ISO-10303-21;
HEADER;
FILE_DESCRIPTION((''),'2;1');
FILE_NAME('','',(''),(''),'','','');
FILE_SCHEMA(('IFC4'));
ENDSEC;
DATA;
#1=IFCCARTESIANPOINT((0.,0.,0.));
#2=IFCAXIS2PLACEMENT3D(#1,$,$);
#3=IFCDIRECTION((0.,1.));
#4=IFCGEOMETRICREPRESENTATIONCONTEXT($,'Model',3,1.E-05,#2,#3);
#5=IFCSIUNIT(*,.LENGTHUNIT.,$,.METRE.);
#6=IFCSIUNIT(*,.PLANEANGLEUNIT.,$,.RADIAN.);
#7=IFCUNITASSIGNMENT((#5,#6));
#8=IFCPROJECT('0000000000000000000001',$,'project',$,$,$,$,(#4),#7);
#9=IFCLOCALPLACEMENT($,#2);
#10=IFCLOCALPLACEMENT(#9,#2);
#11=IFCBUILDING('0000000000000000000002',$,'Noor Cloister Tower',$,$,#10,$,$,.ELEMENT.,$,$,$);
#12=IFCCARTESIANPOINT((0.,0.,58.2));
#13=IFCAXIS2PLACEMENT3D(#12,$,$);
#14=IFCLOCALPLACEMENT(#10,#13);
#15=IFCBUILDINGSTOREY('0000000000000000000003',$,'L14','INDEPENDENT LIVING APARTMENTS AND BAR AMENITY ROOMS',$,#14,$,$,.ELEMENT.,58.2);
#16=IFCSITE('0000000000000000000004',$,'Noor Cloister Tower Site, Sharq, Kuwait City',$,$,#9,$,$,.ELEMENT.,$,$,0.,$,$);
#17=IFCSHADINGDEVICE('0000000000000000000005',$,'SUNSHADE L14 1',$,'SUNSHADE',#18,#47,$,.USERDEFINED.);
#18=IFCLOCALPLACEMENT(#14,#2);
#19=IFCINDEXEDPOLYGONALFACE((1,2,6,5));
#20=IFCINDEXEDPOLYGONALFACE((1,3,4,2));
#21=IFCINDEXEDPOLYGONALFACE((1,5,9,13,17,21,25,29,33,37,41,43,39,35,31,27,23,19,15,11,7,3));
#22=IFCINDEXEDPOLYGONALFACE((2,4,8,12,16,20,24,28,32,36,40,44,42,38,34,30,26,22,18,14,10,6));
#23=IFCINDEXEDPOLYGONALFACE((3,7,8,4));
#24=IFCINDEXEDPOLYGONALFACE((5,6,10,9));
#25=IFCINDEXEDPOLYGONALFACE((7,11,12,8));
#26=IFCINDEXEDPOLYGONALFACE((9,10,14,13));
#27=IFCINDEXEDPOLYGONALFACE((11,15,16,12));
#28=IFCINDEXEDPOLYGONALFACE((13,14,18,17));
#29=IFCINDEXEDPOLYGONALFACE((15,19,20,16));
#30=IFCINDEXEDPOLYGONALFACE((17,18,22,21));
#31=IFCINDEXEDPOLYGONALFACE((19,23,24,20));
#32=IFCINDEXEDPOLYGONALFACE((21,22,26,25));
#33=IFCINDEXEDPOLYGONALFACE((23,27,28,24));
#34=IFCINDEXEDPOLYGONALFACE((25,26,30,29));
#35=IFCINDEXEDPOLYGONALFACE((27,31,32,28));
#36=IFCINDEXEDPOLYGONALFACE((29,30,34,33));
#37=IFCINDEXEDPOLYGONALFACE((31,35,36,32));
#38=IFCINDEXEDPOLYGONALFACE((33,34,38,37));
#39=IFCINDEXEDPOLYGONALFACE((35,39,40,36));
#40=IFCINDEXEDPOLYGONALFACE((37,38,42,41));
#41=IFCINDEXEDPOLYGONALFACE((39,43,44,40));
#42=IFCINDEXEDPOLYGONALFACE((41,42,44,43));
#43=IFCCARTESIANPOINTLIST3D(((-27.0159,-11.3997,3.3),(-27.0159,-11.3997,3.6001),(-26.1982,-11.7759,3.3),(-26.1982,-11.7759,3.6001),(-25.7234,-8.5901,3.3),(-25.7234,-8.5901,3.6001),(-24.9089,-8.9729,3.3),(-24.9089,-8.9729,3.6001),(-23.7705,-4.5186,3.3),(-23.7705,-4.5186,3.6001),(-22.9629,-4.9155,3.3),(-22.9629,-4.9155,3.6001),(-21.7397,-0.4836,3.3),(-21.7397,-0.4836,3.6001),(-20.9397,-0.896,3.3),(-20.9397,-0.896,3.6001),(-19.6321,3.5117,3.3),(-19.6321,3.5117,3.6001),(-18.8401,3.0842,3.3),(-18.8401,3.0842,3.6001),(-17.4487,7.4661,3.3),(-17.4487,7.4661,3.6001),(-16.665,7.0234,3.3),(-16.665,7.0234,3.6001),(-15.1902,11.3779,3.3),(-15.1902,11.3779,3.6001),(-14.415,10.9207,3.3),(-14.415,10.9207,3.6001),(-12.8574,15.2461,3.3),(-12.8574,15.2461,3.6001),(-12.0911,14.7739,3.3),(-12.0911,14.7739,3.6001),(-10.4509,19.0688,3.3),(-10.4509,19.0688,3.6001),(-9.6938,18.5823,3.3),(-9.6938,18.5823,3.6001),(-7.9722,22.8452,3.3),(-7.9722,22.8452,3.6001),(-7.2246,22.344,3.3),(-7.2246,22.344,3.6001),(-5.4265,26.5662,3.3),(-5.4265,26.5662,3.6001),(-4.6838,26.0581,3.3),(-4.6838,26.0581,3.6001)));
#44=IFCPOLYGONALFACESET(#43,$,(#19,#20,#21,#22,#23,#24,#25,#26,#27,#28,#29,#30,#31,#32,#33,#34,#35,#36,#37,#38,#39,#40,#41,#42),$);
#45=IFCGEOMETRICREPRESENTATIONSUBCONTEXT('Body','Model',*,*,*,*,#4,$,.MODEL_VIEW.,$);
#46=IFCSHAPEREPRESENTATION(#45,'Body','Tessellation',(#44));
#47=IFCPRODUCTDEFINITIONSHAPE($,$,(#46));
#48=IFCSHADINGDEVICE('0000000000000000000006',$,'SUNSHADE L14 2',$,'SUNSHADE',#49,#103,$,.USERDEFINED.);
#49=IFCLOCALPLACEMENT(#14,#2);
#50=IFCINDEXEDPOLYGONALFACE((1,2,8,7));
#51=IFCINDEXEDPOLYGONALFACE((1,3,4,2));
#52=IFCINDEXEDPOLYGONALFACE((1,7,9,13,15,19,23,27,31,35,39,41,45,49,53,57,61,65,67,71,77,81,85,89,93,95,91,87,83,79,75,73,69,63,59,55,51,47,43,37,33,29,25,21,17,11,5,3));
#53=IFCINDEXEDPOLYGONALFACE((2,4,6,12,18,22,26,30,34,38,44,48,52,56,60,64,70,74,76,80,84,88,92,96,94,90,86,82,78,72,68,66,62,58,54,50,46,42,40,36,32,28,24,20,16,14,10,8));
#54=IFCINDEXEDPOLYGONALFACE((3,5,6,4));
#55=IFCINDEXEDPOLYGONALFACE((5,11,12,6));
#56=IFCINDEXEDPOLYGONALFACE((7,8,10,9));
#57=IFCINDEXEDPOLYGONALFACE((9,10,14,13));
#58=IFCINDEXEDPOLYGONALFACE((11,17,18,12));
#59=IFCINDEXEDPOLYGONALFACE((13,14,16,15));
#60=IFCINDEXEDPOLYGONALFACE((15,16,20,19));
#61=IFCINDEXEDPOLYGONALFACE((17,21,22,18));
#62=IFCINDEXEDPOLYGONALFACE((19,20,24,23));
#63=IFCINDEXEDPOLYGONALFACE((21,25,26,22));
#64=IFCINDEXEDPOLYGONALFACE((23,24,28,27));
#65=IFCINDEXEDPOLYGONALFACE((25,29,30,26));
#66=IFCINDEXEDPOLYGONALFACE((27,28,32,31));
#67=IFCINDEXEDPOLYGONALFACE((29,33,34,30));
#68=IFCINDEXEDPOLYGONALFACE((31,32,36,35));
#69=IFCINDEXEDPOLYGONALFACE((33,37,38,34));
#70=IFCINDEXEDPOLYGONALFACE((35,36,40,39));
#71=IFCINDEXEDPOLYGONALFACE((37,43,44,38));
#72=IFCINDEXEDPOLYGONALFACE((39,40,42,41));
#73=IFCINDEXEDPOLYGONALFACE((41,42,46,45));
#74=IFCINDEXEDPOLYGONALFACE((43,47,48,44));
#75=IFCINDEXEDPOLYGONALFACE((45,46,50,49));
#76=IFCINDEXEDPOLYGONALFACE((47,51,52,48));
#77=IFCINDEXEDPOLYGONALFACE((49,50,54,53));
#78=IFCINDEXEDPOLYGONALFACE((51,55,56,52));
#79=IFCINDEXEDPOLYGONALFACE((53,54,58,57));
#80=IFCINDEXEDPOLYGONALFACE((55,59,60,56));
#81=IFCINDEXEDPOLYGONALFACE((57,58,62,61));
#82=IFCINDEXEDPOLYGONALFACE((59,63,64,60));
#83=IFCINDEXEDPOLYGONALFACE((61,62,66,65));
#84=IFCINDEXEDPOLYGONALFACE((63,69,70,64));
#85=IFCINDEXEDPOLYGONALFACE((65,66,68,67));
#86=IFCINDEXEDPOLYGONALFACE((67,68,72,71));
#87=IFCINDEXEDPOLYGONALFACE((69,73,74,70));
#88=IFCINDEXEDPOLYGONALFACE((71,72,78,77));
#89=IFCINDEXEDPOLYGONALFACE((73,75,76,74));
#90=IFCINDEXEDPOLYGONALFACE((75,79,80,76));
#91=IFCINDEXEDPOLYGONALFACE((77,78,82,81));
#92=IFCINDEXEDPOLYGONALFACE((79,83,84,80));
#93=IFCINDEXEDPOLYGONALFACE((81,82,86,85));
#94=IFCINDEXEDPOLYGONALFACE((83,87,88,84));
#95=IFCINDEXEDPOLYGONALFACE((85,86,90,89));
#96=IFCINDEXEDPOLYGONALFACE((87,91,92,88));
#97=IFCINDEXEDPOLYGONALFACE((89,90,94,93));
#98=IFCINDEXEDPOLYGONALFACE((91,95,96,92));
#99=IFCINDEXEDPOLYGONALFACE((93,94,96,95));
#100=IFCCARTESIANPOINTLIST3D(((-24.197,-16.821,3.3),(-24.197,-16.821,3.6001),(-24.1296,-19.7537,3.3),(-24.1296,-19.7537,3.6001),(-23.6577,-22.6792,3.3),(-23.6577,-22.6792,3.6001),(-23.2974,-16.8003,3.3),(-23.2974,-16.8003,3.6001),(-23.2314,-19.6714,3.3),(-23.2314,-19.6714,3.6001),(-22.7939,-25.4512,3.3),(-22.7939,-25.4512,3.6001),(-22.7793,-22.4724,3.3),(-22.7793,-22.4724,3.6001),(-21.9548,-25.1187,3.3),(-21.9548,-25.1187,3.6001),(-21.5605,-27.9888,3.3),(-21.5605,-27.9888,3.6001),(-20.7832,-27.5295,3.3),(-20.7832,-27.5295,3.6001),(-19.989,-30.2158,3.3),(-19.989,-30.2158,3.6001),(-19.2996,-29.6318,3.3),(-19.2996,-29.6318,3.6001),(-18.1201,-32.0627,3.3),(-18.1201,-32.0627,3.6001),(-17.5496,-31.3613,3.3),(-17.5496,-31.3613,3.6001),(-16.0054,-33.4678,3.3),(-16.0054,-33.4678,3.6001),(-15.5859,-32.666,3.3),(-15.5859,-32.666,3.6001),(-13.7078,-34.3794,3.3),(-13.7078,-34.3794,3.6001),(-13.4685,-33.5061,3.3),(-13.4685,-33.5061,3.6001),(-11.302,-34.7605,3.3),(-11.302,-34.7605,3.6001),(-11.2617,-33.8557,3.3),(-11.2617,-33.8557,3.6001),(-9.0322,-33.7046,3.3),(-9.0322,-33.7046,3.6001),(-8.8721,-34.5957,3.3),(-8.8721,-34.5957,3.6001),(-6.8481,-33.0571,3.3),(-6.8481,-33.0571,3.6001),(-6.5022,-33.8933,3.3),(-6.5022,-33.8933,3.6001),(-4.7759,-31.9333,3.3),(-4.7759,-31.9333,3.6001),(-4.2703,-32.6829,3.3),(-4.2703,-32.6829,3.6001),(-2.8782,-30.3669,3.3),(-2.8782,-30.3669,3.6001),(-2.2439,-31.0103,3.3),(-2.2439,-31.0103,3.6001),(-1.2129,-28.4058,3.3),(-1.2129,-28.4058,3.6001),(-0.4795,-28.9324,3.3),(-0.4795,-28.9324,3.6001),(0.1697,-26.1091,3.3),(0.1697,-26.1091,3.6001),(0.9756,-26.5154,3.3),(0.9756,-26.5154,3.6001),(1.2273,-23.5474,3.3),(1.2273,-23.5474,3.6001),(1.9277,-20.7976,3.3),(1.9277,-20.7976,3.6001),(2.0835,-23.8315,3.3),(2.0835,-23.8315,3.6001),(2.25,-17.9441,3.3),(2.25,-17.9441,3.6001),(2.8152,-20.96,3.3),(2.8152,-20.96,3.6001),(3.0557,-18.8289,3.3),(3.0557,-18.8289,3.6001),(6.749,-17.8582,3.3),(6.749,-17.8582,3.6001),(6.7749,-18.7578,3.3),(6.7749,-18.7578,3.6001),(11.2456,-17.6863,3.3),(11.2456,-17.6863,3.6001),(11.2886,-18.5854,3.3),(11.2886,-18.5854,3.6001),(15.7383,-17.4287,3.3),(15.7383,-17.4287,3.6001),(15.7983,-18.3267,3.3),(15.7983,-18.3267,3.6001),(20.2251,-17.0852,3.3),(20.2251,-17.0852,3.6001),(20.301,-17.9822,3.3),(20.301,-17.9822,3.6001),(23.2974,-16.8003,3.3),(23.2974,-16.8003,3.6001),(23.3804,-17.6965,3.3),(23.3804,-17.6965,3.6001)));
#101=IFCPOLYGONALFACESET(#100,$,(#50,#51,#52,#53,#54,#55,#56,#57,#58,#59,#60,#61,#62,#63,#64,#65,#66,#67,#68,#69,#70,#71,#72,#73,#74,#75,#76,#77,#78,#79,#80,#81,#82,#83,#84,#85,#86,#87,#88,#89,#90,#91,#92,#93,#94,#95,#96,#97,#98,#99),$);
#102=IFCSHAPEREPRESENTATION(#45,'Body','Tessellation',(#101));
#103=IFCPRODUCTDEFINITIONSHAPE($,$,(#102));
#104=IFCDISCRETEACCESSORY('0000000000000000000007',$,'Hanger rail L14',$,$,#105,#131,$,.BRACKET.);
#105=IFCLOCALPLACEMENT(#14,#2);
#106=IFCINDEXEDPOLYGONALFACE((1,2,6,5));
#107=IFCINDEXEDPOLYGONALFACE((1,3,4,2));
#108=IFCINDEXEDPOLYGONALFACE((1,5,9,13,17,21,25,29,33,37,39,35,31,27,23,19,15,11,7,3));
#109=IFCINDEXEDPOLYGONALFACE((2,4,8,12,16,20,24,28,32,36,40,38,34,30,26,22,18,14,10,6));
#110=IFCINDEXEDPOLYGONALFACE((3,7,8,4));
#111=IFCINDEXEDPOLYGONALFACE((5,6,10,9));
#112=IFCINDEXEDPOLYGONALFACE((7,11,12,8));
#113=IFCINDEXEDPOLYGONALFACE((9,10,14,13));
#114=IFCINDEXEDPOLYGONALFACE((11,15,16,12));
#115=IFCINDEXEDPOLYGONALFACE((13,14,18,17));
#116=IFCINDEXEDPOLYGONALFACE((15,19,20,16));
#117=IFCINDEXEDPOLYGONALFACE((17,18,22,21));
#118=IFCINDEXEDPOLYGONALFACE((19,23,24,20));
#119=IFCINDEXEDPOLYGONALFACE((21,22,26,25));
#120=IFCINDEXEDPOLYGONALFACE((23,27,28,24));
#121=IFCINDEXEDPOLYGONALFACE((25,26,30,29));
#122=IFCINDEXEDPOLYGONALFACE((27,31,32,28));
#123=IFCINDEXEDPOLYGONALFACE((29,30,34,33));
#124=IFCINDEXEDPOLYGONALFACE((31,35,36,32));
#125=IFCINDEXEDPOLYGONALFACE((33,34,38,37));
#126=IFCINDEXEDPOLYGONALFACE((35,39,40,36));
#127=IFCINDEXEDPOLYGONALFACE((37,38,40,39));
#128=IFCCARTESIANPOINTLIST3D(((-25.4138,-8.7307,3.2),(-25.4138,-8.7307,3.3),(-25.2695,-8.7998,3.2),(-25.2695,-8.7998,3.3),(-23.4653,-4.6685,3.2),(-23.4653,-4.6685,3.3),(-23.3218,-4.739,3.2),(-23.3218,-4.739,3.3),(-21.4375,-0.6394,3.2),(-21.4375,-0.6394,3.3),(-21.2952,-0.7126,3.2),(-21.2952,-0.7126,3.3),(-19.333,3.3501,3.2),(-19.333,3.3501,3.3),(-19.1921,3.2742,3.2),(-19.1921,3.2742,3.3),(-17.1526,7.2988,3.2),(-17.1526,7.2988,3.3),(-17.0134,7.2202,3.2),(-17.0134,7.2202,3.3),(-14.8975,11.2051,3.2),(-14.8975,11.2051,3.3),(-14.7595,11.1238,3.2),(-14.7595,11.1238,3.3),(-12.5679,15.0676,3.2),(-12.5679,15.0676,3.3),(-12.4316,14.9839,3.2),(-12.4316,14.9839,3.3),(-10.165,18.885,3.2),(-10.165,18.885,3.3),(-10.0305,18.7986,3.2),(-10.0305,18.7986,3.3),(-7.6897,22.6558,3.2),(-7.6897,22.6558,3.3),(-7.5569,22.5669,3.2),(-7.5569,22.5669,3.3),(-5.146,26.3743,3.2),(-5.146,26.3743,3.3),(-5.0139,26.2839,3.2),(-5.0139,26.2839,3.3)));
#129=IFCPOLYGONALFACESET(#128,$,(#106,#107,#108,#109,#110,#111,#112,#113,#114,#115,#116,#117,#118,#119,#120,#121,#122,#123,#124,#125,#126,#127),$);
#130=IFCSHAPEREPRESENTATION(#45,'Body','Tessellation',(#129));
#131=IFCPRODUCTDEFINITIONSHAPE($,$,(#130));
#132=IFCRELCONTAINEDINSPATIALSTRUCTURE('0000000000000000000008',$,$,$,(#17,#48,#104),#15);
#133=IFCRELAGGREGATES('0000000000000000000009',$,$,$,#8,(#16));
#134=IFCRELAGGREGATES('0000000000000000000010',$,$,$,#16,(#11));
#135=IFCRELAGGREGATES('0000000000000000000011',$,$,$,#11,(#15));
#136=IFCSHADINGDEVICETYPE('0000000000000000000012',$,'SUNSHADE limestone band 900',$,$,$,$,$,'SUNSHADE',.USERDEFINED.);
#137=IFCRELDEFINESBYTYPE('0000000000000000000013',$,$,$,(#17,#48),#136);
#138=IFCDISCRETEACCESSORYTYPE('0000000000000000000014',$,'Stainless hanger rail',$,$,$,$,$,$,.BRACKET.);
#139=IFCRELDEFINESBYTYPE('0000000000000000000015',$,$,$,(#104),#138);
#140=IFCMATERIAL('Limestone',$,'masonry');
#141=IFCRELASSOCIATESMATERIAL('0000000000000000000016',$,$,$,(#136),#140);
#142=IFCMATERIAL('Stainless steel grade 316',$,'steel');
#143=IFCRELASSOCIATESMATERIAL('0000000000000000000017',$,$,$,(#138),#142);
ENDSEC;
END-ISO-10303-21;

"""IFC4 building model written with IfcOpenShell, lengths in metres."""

from ifc_helpers import new_model, si_unit, direction, frame, origin, place, context, subcontext, project, spatial, polyline, outline, extrude, material, type_object, element, save


model = new_model("IFC4")

# Units and contexts
model_context = context("Model", 3, precision=1e-05, world=origin(), true_north=direction((0.0, 1.0)))
body_context = subcontext(model_context, "Body", "Model", "MODEL_VIEW")
ifc_project = project(units=[si_unit("LENGTHUNIT", "METRE"), si_unit("PLANEANGLEUNIT", "RADIAN")], contexts=[model_context])

# Site, building, storey
site_placement = place(None, origin())
site = spatial("IfcSite", under=ifc_project, at=site_placement, Name="Noor Cloister Tower Site, Sharq, Kuwait City", CompositionType="ELEMENT", RefElevation=0.0)
building_placement = place(site_placement, origin())
building = spatial("IfcBuilding", under=site, at=building_placement, Name="Noor Cloister Tower", CompositionType="ELEMENT")
storey_placement = place(building_placement, frame((0.0, 0.0, 58.2)))
storey = spatial("IfcBuildingStorey", under=building, at=storey_placement, Name="L14", Description="INDEPENDENT LIVING APARTMENTS AND BAR AMENITY ROOMS", CompositionType="ELEMENT", Elevation=58.2)

# Shading devices
ifc_material_1 = material(Name="Limestone", Category="masonry")
shading_device_type = type_object("IfcShadingDeviceType", Name="SUNSHADE limestone band 900", ElementType="SUNSHADE", PredefinedType="USERDEFINED", material=ifc_material_1)
shading_device_1_placement = place(storey_placement, frame((0.0, 0.0, 3.3)))
element("IfcShadingDevice", 1, at=shading_device_1_placement, inside=storey, type_object=shading_device_type, Name="SUNSHADE L14 1", ObjectType="SUNSHADE", PredefinedType="USERDEFINED", context=body_context, shape_type="SweptSolid", body=[
    extrude(outline(polyline([(-5.4265, 26.5662), (-7.9722, 22.8452), (-10.4509, 19.0688), (-12.8574, 15.2461), (-15.1902, 11.3779), (-17.4487, 7.4661), (-19.6321, 3.5117), (-21.7397, -0.4836), (-23.7705, -4.5186), (-25.7234, -8.5901), (-27.0159, -11.3997), (-26.1982, -11.7759), (-24.9089, -8.9729), (-22.9629, -4.9155), (-20.9397, -0.896), (-18.8401, 3.0842), (-16.665, 7.0234), (-14.415, 10.9207), (-12.0911, 14.7739), (-9.6938, 18.5823), (-7.2246, 22.344), (-4.6838, 26.0581), (-5.4265, 26.5662)])), origin(), (0.0, 0.0, 1.0), 0.3),
])
shading_device_2_placement = place(storey_placement, frame((0.0, 0.0, 3.3)))
element("IfcShadingDevice", 2, at=shading_device_2_placement, inside=storey, type_object=shading_device_type, Name="SUNSHADE L14 2", ObjectType="SUNSHADE", PredefinedType="USERDEFINED", context=body_context, shape_type="SweptSolid", body=[
    extrude(outline(polyline([(-24.197, -16.821), (-24.1296, -19.7537), (-23.6577, -22.6792), (-22.7939, -25.4512), (-21.5605, -27.9888), (-19.989, -30.2158), (-18.1201, -32.0627), (-16.0054, -33.4678), (-13.7078, -34.3794), (-11.302, -34.7605), (-8.8721, -34.5957), (-6.5022, -33.8933), (-4.2703, -32.6829), (-2.2439, -31.0103), (-0.4795, -28.9324), (0.9756, -26.5154), (2.0835, -23.8315), (2.8152, -20.96), (3.0557, -18.8289), (6.7749, -18.7578), (11.2886, -18.5854), (15.7983, -18.3267), (20.301, -17.9822), (23.3804, -17.6965), (23.2974, -16.8003), (20.2251, -17.0852), (15.7383, -17.4287), (11.2456, -17.6863), (6.749, -17.8582), (2.25, -17.9441), (1.9277, -20.7976), (1.2273, -23.5474), (0.1697, -26.1091), (-1.2129, -28.4058), (-2.8782, -30.3669), (-4.7759, -31.9333), (-6.8481, -33.0571), (-9.0322, -33.7046), (-11.2617, -33.8557), (-13.4685, -33.5061), (-15.5859, -32.666), (-17.5496, -31.3613), (-19.2996, -29.6318), (-20.7832, -27.5295), (-21.9548, -25.1187), (-22.7793, -22.4724), (-23.2314, -19.6714), (-23.2974, -16.8003), (-24.197, -16.821)])), origin(), (0.0, 0.0, 1.0), 0.3),
])

# Discrete accessory
ifc_material_2 = material(Name="Stainless steel grade 316", Category="steel")
discrete_accessory_type = type_object("IfcDiscreteAccessoryType", Name="Stainless hanger rail", PredefinedType="BRACKET", material=ifc_material_2)
discrete_accessory_1_placement = place(storey_placement, frame((0.0, 0.0, 3.2)))
element("IfcDiscreteAccessory", 3, at=discrete_accessory_1_placement, inside=storey, type_object=discrete_accessory_type, Name="Hanger rail L14", PredefinedType="BRACKET", context=body_context, shape_type="SweptSolid", body=[
    extrude(outline(polyline([(-5.146, 26.3743), (-7.6897, 22.6558), (-10.165, 18.885), (-12.5679, 15.0676), (-14.8975, 11.2051), (-17.1526, 7.2988), (-19.333, 3.3501), (-21.4375, -0.6394), (-23.4653, -4.6685), (-25.4138, -8.7307), (-25.2695, -8.7998), (-23.3218, -4.739), (-21.2952, -0.7126), (-19.1921, 3.2742), (-17.0134, 7.2202), (-14.7595, 11.1238), (-12.4316, 14.9839), (-10.0305, 18.7986), (-7.5569, 22.5669), (-5.0139, 26.2839), (-5.146, 26.3743)])), origin(), (0.0, 0.0, 1.0), 0.1001),
])

save(model, "model.ifc")
